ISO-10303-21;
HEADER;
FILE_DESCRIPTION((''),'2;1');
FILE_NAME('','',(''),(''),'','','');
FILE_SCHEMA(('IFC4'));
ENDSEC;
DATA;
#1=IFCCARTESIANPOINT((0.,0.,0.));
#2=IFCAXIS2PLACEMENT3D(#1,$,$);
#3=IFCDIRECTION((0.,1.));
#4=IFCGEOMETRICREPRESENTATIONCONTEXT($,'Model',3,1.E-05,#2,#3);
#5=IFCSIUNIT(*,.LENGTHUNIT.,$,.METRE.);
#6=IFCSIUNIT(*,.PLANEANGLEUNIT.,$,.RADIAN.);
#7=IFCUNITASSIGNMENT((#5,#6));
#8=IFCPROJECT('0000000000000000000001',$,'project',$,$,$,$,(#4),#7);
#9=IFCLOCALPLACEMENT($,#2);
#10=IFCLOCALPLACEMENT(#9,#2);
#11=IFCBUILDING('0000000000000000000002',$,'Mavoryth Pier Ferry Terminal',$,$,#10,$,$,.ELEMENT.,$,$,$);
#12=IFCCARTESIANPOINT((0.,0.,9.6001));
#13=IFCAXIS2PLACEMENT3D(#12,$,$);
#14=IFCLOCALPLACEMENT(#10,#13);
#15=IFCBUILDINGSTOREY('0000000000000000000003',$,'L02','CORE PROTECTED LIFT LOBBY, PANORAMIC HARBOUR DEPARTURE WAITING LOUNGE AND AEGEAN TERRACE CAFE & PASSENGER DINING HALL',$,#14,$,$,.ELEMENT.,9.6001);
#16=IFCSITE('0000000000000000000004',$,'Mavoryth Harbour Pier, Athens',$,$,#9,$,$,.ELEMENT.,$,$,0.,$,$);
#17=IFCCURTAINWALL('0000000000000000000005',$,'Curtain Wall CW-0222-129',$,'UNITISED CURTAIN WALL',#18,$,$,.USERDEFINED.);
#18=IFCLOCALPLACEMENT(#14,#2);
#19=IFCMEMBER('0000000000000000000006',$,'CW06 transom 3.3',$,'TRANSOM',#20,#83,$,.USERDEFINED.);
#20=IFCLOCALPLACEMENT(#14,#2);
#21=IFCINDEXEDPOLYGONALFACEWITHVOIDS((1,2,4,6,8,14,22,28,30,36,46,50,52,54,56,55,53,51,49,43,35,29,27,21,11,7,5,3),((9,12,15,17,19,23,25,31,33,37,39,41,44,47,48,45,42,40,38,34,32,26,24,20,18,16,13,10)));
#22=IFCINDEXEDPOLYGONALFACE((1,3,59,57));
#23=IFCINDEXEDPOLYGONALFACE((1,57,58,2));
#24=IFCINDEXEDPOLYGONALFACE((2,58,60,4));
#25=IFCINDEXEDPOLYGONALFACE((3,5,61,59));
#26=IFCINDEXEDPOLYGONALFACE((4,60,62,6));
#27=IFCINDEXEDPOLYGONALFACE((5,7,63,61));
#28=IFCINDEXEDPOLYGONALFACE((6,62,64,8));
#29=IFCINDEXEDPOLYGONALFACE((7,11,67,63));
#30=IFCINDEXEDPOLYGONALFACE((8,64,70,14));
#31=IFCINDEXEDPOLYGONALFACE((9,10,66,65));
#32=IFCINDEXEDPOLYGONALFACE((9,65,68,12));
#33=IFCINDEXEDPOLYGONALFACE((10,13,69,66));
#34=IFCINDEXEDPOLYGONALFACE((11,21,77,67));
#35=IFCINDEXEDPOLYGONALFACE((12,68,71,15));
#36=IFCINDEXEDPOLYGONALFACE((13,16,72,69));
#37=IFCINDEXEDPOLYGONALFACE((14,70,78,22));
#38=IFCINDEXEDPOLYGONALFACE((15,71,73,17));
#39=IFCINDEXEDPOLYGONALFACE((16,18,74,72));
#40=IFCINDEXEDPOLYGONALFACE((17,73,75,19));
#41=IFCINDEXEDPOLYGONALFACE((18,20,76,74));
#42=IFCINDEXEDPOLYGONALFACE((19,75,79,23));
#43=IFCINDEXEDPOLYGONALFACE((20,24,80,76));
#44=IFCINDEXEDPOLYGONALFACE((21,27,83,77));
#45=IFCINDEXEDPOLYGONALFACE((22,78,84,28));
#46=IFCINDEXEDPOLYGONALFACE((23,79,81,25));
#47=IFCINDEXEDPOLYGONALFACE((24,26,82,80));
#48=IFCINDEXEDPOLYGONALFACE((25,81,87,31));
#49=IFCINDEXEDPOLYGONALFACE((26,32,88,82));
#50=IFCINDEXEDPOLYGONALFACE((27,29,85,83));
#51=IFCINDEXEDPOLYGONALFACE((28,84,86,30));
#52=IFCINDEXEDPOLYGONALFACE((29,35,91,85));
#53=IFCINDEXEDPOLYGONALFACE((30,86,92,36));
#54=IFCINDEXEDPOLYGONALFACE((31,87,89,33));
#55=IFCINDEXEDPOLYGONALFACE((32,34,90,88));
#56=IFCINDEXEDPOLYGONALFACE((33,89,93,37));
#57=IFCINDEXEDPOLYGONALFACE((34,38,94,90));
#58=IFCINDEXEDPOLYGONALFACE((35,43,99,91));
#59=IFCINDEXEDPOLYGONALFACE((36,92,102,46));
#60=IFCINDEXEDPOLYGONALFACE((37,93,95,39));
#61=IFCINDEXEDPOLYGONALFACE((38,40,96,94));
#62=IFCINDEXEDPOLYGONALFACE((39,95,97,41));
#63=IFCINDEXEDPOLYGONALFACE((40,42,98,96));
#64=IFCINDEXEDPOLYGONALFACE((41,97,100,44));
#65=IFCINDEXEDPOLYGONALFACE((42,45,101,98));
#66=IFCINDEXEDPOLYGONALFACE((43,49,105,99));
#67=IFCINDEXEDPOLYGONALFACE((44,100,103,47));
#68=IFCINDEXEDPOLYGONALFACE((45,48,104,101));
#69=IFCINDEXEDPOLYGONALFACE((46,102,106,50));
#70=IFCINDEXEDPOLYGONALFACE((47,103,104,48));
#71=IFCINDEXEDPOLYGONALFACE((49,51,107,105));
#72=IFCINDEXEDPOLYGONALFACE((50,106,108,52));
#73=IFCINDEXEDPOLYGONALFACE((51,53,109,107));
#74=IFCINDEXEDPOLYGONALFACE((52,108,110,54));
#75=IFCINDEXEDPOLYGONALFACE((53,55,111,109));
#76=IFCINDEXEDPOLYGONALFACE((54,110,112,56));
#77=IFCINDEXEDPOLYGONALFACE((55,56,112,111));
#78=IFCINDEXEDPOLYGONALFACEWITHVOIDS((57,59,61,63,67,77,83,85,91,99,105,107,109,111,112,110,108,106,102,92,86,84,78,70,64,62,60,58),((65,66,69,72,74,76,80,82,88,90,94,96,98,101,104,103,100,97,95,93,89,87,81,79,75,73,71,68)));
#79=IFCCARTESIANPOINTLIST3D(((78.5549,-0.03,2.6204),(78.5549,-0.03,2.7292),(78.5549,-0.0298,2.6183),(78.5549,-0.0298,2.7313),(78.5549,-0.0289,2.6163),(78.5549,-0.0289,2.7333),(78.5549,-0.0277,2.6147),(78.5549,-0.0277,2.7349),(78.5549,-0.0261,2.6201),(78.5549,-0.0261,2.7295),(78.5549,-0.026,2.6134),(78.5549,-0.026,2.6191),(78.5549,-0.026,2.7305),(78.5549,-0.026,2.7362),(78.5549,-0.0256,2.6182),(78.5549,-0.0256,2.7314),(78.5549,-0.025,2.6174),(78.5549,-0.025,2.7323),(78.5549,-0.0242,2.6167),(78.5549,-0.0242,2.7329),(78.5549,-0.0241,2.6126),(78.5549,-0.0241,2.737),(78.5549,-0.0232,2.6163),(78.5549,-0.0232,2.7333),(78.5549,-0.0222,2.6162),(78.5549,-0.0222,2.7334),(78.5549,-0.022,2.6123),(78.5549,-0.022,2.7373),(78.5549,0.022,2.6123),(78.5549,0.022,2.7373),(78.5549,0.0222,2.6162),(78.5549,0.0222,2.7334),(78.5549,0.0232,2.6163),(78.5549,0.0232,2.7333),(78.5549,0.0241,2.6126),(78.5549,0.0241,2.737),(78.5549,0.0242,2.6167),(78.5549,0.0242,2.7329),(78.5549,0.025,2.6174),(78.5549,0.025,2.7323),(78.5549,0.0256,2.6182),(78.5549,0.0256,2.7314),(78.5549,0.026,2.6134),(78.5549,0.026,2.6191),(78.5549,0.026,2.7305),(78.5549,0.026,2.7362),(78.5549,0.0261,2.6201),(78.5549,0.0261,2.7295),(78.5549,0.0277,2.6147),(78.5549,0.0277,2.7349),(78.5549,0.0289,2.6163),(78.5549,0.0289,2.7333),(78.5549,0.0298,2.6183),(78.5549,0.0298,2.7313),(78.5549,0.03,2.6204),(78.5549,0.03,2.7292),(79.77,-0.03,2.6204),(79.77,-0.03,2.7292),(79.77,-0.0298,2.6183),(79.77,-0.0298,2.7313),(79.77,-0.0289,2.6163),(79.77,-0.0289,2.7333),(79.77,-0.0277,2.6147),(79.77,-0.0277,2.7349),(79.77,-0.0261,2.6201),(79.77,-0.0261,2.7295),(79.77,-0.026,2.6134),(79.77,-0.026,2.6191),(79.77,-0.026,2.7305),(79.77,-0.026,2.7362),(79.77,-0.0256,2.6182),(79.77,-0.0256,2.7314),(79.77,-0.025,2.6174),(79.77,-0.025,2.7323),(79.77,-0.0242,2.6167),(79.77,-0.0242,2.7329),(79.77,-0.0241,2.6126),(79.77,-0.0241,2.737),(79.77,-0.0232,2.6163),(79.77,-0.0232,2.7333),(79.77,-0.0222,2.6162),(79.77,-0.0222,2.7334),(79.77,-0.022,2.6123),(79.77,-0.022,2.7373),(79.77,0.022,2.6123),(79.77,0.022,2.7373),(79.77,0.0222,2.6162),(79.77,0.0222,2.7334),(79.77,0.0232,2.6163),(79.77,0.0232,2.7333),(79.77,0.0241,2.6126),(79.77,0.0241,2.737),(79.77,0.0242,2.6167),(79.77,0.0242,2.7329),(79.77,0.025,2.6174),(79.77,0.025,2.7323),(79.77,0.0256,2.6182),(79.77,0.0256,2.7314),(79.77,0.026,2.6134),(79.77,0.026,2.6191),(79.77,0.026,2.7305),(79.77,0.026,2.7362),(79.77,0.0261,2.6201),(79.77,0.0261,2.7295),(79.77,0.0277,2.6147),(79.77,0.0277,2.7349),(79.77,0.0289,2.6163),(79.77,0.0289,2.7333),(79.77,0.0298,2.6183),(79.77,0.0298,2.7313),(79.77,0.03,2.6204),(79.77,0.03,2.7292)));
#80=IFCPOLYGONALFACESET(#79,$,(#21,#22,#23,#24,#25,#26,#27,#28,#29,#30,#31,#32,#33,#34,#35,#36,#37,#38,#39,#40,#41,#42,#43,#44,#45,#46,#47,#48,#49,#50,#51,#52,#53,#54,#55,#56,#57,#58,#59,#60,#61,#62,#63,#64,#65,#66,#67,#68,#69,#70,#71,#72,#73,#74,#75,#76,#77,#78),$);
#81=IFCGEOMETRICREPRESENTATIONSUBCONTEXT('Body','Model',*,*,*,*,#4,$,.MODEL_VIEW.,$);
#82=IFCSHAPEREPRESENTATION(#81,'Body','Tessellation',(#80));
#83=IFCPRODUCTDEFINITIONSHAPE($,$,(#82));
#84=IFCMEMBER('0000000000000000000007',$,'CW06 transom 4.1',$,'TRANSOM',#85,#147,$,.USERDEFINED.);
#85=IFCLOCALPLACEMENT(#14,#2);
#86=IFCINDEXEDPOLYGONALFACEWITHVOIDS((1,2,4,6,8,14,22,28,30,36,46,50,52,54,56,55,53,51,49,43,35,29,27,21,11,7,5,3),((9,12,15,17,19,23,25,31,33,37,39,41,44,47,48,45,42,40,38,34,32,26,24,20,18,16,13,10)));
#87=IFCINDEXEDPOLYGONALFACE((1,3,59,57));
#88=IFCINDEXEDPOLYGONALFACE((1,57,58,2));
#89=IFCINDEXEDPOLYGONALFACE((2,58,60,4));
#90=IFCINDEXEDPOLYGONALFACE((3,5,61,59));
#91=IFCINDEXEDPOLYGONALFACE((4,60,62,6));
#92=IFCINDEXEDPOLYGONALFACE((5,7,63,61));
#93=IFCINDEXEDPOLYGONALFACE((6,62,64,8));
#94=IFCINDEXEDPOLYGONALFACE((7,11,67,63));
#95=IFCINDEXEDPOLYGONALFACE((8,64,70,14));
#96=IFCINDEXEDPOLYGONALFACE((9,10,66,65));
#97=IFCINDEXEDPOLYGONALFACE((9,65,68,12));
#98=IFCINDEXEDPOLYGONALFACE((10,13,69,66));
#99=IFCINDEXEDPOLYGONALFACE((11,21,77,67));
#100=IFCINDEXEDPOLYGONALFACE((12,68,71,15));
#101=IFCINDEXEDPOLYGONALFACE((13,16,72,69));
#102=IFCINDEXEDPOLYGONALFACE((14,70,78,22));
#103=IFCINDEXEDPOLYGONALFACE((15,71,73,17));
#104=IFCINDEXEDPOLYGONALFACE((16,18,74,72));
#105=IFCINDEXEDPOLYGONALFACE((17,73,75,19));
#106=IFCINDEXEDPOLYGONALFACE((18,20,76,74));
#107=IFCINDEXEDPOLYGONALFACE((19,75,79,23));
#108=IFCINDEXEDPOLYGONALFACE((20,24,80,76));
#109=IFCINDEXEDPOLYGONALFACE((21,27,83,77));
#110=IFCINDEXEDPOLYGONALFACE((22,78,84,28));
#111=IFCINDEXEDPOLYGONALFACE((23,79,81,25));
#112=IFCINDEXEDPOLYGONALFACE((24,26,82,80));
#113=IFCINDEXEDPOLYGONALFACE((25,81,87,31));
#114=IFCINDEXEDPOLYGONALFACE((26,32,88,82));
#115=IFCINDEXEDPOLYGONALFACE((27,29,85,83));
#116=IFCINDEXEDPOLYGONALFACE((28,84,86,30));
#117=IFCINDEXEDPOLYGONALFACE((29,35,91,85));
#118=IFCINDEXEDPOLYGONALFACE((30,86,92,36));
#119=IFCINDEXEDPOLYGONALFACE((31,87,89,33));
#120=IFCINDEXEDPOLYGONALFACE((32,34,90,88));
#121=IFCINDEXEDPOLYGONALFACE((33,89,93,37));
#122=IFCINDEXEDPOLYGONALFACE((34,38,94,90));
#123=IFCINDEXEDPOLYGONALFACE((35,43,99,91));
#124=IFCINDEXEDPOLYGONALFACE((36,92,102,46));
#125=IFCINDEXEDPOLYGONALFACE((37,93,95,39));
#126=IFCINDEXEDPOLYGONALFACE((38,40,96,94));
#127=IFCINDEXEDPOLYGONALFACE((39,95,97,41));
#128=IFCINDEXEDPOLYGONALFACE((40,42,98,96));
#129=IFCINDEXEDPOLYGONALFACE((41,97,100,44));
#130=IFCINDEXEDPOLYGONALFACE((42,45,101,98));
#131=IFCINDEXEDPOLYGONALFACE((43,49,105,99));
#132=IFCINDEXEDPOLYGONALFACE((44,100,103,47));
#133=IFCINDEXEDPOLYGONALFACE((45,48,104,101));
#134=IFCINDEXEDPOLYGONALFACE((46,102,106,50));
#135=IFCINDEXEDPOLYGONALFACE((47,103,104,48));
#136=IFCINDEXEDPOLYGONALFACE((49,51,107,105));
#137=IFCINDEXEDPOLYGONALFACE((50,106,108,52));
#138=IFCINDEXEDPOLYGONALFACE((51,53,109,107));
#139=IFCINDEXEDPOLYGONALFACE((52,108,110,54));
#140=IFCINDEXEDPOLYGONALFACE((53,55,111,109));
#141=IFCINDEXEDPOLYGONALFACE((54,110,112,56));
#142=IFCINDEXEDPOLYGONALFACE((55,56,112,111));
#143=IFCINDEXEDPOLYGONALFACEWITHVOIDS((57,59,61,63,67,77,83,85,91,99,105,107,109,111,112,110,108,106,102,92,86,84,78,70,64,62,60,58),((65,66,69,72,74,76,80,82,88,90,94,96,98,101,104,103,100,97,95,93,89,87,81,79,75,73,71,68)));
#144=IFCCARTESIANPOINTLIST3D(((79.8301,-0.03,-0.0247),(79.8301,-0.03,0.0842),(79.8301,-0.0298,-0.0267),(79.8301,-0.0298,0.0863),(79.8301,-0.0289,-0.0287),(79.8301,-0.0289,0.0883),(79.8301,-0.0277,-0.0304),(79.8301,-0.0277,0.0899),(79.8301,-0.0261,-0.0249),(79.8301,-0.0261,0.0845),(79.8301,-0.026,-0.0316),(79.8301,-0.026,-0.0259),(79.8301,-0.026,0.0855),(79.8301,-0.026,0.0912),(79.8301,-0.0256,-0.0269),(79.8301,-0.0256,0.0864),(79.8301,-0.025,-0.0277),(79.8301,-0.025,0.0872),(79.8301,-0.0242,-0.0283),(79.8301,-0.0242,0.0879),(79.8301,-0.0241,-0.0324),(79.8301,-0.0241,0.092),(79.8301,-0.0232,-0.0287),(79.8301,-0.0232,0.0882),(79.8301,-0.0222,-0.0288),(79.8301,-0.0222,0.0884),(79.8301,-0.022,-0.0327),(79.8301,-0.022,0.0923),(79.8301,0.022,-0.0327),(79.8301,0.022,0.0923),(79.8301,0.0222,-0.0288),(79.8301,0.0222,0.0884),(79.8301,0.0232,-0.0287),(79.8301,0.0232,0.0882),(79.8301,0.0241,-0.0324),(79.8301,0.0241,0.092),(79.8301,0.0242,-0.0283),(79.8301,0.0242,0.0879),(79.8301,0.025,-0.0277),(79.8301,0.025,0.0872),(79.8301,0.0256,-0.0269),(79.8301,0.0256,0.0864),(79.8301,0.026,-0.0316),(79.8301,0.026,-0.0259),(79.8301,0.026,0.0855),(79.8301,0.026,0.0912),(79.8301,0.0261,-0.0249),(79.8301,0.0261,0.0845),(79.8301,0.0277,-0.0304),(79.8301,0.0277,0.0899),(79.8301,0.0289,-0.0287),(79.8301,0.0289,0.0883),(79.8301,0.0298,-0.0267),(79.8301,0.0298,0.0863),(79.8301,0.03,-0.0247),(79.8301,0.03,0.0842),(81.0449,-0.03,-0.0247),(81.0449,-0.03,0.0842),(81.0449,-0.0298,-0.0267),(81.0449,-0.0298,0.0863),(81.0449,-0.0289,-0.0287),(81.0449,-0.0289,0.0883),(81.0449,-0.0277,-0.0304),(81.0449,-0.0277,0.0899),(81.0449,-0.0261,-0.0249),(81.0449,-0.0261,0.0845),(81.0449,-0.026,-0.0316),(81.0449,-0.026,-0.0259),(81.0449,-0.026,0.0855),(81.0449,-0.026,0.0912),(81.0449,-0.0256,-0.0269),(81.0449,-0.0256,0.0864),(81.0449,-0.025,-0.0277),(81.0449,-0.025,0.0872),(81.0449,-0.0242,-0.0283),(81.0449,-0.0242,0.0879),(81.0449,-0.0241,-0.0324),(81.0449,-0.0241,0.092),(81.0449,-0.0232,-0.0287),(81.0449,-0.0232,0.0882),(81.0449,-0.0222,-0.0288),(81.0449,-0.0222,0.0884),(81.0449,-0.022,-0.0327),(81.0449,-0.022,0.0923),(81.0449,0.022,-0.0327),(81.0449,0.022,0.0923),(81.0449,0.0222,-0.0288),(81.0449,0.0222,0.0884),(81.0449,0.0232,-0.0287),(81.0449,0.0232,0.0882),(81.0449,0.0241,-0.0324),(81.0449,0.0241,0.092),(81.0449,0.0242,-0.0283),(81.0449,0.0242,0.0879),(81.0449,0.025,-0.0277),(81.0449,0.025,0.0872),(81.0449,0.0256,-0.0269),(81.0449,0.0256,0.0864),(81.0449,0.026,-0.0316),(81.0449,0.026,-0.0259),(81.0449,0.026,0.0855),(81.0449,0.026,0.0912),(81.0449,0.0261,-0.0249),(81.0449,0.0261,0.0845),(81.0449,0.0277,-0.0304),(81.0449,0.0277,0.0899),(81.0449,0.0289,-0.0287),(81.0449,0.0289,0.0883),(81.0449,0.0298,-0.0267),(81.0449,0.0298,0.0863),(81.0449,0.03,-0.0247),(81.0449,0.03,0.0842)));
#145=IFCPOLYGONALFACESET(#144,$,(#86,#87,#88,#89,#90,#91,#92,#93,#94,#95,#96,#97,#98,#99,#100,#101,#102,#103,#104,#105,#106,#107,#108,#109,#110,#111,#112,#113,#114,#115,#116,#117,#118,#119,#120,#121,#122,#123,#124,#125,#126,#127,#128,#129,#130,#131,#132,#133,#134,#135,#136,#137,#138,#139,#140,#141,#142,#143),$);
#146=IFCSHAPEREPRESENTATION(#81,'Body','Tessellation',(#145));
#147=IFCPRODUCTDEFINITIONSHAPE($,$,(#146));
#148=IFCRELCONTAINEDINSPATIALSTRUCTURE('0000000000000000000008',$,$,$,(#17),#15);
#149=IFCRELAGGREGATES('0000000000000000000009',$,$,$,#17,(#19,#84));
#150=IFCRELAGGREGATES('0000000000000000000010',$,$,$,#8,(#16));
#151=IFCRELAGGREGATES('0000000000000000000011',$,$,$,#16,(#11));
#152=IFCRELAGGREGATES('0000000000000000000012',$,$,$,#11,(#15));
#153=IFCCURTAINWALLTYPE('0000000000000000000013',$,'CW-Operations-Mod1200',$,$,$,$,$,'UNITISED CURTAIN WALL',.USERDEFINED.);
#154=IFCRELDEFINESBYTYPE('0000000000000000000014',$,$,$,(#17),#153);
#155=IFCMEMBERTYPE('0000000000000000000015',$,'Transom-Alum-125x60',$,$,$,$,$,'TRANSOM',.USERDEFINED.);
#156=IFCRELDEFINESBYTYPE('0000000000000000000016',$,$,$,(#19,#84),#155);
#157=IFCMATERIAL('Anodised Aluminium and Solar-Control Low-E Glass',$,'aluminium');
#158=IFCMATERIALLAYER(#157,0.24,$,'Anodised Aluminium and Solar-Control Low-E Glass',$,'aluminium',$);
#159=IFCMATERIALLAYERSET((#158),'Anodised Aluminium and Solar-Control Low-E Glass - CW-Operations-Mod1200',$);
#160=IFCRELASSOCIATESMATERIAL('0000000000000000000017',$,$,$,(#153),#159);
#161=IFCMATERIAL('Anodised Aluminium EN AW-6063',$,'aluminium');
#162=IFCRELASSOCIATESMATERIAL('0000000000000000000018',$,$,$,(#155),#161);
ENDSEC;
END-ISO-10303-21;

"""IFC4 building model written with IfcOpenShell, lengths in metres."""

from ifc_helpers import new_model, si_unit, direction, frame, origin, origin_2d, place, context, subcontext, project, spatial, hollow_rectangle, extrude, material, layer, layer_set, material_profile, profile_set, type_object, element, aggregate, save


model = new_model("IFC4")

# Units and contexts
model_context = context("Model", 3, precision=1e-05, world=origin(), true_north=direction((0.0, 1.0)))
body_context = subcontext(model_context, "Body", "Model", "MODEL_VIEW")
ifc_project = project(units=[si_unit("LENGTHUNIT", "METRE"), si_unit("PLANEANGLEUNIT", "RADIAN")], contexts=[model_context])

# Site, building, storey
site_placement = place(None, origin())
site = spatial("IfcSite", under=ifc_project, at=site_placement, Name="Mavoryth Harbour Pier, Athens", CompositionType="ELEMENT", RefElevation=0.0)
building_placement = place(site_placement, origin())
building = spatial("IfcBuilding", under=site, at=building_placement, Name="Mavoryth Pier Ferry Terminal", CompositionType="ELEMENT")
storey_placement = place(building_placement, frame((0.0, 0.0, 9.6001)))
storey = spatial("IfcBuildingStorey", under=building, at=storey_placement, Name="L02", Description="CORE PROTECTED LIFT LOBBY, PANORAMIC HARBOUR DEPARTURE WAITING LOUNGE AND AEGEAN TERRACE CAFE & PASSENGER DINING HALL", CompositionType="ELEMENT", Elevation=9.6001)

# Curtain wall
ifc_material_1 = material(Name="Anodised Aluminium and Solar-Control Low-E Glass", Category="aluminium")
ifc_layer_1 = layer(ifc_material_1, 0.24, Name="Anodised Aluminium and Solar-Control Low-E Glass", Category="aluminium")
ifc_layer_set_1 = layer_set([ifc_layer_1], Name="Anodised Aluminium and Solar-Control Low-E Glass - CW-Operations-Mod1200")
curtain_wall_type = type_object("IfcCurtainWallType", Name="CW-Operations-Mod1200", ElementType="UNITISED CURTAIN WALL", PredefinedType="USERDEFINED", material=ifc_layer_set_1)
ifc_material_2 = material(Name="Anodised Aluminium EN AW-6063", Category="aluminium")
curtain_wall_1_placement = place(storey_placement, origin())
curtain_wall_1 = element("IfcCurtainWall", 1, at=curtain_wall_1_placement, inside=storey, type_object=curtain_wall_type, Name="Curtain Wall CW-0222-129", ObjectType="UNITISED CURTAIN WALL", PredefinedType="USERDEFINED")

# Members
ifc_material_profile_1 = material_profile(ifc_material_2, hollow_rectangle(XDim=0.0601, YDim=0.125, WallThickness=0.0039, InnerFilletRadius=0.0039, OuterFilletRadius=0.0081, at=origin_2d()), Name="AL-TRAN 125x60x4", Category="aluminium")
ifc_profile_set_1 = profile_set([ifc_material_profile_1], Name="Anodised Aluminium EN AW-6063 - AL-TRAN 125x60x4")
member_type_1 = type_object("IfcMemberType", Name="Transom-Alum-125x60", ElementType="TRANSOM", PredefinedType="USERDEFINED", material=ifc_profile_set_1)
member_1_placement = place(storey_placement, frame((78.5549, 0.0, 2.6748), z_axis=(1.0, 0.0, 0.0), x_axis=(0.0, 1.0, 0.0)))
member_1 = element("IfcMember", 2, at=member_1_placement, type_object=member_type_1, Name="CW06 transom 3.3", ObjectType="TRANSOM", PredefinedType="USERDEFINED", context=body_context, shape_type="SweptSolid", body=[
    extrude(hollow_rectangle(XDim=0.0601, YDim=0.125, WallThickness=0.0039, InnerFilletRadius=0.0039, OuterFilletRadius=0.0081, at=origin_2d()), origin(), (0.0, 0.0, 1.0), 1.2151),
])
member_2_placement = place(storey_placement, frame((79.8301, 0.0, 0.0298), z_axis=(1.0, 0.0, 0.0), x_axis=(0.0, 1.0, 0.0)))
member_2 = element("IfcMember", 3, at=member_2_placement, type_object=member_type_1, Name="CW06 transom 4.1", ObjectType="TRANSOM", PredefinedType="USERDEFINED", context=body_context, shape_type="SweptSolid", body=[
    extrude(hollow_rectangle(XDim=0.0601, YDim=0.125, WallThickness=0.0039, InnerFilletRadius=0.0039, OuterFilletRadius=0.0081, at=origin_2d()), origin(), (0.0, 0.0, 1.0), 1.2148),
])

aggregate(curtain_wall_1, [member_1, member_2])

save(model, "model.ifc")
